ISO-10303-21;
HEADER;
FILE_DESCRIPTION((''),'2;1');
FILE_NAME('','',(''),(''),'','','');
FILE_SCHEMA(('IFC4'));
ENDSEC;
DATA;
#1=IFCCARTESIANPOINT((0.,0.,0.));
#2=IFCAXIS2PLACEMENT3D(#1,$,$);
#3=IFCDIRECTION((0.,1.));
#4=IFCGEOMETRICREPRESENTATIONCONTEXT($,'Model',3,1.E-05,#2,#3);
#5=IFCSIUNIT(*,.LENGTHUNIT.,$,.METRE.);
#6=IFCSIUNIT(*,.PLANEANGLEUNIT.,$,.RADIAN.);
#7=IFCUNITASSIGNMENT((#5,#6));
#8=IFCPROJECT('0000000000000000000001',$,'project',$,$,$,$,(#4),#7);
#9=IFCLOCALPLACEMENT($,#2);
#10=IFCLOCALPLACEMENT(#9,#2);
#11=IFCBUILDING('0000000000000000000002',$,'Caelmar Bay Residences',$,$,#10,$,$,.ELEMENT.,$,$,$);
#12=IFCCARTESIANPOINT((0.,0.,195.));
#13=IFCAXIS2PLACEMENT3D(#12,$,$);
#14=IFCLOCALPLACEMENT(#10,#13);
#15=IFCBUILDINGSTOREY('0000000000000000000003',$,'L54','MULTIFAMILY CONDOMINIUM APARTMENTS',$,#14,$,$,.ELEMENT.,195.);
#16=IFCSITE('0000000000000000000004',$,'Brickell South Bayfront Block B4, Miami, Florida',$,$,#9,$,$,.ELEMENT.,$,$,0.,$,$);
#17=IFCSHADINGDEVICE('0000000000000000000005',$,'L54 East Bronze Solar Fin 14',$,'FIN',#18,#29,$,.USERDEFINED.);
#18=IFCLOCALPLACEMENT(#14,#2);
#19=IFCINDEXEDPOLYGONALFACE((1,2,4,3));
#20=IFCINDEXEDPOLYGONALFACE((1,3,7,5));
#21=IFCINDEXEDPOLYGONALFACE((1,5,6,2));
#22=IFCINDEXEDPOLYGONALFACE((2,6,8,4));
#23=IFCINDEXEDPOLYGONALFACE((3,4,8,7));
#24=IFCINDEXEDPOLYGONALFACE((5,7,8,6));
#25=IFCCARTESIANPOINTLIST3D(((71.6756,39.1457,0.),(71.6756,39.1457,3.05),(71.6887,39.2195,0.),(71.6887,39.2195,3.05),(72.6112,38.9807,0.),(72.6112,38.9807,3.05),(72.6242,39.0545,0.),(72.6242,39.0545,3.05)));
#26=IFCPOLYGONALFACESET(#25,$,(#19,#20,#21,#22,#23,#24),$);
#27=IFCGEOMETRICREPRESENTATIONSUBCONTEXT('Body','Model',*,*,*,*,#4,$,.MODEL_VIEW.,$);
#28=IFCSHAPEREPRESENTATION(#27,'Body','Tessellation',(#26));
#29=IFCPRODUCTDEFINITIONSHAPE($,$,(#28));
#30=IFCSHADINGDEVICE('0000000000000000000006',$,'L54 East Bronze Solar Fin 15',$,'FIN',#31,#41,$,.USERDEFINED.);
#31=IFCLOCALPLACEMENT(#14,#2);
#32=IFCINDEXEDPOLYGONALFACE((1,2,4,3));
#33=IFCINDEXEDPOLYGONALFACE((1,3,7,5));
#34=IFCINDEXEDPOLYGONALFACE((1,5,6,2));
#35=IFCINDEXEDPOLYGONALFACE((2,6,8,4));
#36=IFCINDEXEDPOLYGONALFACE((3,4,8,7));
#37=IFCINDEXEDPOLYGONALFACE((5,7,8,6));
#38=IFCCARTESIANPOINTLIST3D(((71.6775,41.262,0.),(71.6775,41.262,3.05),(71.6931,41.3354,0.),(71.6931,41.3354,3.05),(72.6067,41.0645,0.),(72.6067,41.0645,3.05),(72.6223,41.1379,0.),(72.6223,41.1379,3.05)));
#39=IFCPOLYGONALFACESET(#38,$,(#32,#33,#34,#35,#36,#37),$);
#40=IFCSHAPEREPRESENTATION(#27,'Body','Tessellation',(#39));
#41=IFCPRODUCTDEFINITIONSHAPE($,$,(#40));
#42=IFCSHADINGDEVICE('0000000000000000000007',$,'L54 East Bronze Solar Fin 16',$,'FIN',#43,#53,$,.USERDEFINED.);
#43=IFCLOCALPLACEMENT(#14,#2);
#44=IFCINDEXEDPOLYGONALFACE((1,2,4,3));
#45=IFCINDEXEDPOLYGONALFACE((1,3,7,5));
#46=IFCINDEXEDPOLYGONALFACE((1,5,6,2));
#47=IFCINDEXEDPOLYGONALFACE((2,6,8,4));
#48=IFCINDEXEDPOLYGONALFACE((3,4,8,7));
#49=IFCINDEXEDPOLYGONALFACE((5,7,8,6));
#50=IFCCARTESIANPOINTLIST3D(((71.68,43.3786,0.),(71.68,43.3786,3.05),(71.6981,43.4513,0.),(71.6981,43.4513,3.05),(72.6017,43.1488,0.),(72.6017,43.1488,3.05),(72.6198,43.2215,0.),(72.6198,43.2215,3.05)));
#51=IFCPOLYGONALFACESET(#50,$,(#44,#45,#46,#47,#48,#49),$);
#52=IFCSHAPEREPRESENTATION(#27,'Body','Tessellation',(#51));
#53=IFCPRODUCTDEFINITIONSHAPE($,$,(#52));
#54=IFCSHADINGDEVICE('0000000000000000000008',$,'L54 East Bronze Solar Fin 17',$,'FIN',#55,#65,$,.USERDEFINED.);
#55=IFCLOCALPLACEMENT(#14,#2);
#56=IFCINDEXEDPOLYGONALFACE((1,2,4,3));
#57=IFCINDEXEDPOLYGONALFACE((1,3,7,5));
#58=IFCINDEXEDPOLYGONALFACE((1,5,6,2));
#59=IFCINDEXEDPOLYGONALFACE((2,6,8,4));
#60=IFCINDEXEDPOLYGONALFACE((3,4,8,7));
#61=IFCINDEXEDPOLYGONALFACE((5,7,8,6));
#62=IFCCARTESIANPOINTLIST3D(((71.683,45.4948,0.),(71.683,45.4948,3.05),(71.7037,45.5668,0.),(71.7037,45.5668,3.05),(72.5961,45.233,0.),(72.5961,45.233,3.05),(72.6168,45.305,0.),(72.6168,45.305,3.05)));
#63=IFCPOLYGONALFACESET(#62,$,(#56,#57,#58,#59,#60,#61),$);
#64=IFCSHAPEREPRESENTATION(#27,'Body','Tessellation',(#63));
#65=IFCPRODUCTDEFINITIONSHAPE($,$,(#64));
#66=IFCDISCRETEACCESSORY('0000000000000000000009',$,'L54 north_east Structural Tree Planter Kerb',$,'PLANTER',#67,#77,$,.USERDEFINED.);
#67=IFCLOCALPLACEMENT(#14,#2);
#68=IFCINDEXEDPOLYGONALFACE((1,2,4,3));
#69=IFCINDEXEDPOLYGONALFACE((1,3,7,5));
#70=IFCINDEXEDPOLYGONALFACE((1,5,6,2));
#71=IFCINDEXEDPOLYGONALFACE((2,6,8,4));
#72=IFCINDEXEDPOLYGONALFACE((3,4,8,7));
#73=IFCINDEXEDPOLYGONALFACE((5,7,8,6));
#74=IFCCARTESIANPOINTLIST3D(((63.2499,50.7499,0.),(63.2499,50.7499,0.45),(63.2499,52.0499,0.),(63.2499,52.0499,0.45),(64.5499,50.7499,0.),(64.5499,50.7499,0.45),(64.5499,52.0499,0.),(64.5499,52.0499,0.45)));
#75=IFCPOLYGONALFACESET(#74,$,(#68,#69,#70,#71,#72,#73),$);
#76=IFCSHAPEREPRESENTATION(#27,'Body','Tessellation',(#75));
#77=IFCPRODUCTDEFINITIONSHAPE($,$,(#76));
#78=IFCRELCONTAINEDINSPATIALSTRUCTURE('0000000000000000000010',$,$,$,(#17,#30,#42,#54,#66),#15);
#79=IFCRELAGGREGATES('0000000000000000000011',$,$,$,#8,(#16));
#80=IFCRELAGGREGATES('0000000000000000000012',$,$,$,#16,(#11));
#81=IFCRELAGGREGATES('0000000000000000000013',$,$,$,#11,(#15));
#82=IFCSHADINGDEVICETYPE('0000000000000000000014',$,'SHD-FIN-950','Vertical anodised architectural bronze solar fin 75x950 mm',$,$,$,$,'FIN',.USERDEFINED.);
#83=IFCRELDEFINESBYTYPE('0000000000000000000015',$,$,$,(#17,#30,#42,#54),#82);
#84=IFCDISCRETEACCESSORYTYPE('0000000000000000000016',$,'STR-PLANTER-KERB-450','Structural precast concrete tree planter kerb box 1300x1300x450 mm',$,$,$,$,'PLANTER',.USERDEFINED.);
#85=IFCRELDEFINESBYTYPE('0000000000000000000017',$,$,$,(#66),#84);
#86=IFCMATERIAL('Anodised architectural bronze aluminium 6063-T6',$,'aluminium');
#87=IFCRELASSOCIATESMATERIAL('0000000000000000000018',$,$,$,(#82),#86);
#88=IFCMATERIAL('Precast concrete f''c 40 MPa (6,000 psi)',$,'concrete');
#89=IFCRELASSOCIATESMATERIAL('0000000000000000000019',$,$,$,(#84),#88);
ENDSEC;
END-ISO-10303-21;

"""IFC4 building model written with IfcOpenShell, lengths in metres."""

from ifc_helpers import new_model, si_unit, direction, frame, origin, origin_2d, place, context, subcontext, project, spatial, rectangle, extrude, material, material_profile, profile_set, type_object, element, save


model = new_model("IFC4")

# Units and contexts
model_context = context("Model", 3, precision=1e-05, world=origin(), true_north=direction((0.0, 1.0)))
body_context = subcontext(model_context, "Body", "Model", "MODEL_VIEW")
ifc_project = project(units=[si_unit("LENGTHUNIT", "METRE"), si_unit("PLANEANGLEUNIT", "RADIAN")], contexts=[model_context])

# Site, building, storey
site_placement = place(None, origin())
site = spatial("IfcSite", under=ifc_project, at=site_placement, Name="Brickell South Bayfront Block B4, Miami, Florida", CompositionType="ELEMENT", RefElevation=0.0)
building_placement = place(site_placement, origin())
building = spatial("IfcBuilding", under=site, at=building_placement, Name="Caelmar Bay Residences", CompositionType="ELEMENT")
storey_placement = place(building_placement, frame((0.0, 0.0, 195.0)))
storey = spatial("IfcBuildingStorey", under=building, at=storey_placement, Name="L54", Description="MULTIFAMILY CONDOMINIUM APARTMENTS", CompositionType="ELEMENT", Elevation=195.0)

# Shared definitions
ifc_material_1 = material(Name="Precast concrete f'c 40 MPa (6,000 psi)", Category="concrete")

# Shading devices
ifc_material_2 = material(Name="Anodised architectural bronze aluminium 6063-T6", Category="aluminium")
ifc_material_profile_1 = material_profile(ifc_material_2, rectangle(XDim=0.075, YDim=0.95, at=origin_2d()), Name="BRONZE-FIN-75X950")
ifc_profile_set_1 = profile_set([ifc_material_profile_1], Name="Anodised architectural bronze aluminium 6063-T6")
shading_device_type = type_object("IfcShadingDeviceType", Name="SHD-FIN-950", Description="Vertical anodised architectural bronze solar fin 75x950 mm", ElementType="FIN", PredefinedType="USERDEFINED", material=ifc_profile_set_1)
for number, where, z_axis, x_axis, name in (
    (1, (72.1499, 39.1001, 0.0), (0.0, 0.0, 1.0), (0.173648, 0.984808, 0.0), "L54 East Bronze Solar Fin 14"),
    (2, (72.1499, 41.2, 0.0), (0.0, 0.0, 1.0), (0.207912, 0.978148, 0.0), "L54 East Bronze Solar Fin 15"),
    (3, (72.1499, 43.3, 0.0), (0.0, 0.0, 1.0), (0.241922, 0.970296, 0.0), "L54 East Bronze Solar Fin 16"),
    (4, (72.1499, 45.3999, 0.0), (0.0, 0.0, 1.0), (0.275637, 0.961262, 0.0), "L54 East Bronze Solar Fin 17"),
):
    element("IfcShadingDevice", number, at=place(storey_placement, frame(where, z_axis=z_axis, x_axis=x_axis)), inside=storey, type_object=shading_device_type, Name=name, ObjectType="FIN", PredefinedType="USERDEFINED", context=body_context, shape_type="SweptSolid", body=[
        extrude(rectangle(XDim=0.075, YDim=0.95, at=origin_2d()), origin(), (0.0, 0.0, 1.0), 3.05),
    ])

# Discrete accessory
discrete_accessory_type = type_object("IfcDiscreteAccessoryType", Name="STR-PLANTER-KERB-450", Description="Structural precast concrete tree planter kerb box 1300x1300x450 mm", ElementType="PLANTER", PredefinedType="USERDEFINED", material=ifc_material_1)
discrete_accessory_placement = place(storey_placement, frame((63.8999, 51.3999, 0.0), z_axis=(0.0, 0.0, 1.0), x_axis=(1.0, 0.0, 0.0)))
element("IfcDiscreteAccessory", 5, at=discrete_accessory_placement, inside=storey, type_object=discrete_accessory_type, Name="L54 north_east Structural Tree Planter Kerb", ObjectType="PLANTER", PredefinedType="USERDEFINED", context=body_context, shape_type="SweptSolid", body=[
    extrude(rectangle(XDim=1.3, YDim=1.3, at=origin_2d()), origin(), (0.0, 0.0, 1.0), 0.45),
])

save(model, "model.ifc")
